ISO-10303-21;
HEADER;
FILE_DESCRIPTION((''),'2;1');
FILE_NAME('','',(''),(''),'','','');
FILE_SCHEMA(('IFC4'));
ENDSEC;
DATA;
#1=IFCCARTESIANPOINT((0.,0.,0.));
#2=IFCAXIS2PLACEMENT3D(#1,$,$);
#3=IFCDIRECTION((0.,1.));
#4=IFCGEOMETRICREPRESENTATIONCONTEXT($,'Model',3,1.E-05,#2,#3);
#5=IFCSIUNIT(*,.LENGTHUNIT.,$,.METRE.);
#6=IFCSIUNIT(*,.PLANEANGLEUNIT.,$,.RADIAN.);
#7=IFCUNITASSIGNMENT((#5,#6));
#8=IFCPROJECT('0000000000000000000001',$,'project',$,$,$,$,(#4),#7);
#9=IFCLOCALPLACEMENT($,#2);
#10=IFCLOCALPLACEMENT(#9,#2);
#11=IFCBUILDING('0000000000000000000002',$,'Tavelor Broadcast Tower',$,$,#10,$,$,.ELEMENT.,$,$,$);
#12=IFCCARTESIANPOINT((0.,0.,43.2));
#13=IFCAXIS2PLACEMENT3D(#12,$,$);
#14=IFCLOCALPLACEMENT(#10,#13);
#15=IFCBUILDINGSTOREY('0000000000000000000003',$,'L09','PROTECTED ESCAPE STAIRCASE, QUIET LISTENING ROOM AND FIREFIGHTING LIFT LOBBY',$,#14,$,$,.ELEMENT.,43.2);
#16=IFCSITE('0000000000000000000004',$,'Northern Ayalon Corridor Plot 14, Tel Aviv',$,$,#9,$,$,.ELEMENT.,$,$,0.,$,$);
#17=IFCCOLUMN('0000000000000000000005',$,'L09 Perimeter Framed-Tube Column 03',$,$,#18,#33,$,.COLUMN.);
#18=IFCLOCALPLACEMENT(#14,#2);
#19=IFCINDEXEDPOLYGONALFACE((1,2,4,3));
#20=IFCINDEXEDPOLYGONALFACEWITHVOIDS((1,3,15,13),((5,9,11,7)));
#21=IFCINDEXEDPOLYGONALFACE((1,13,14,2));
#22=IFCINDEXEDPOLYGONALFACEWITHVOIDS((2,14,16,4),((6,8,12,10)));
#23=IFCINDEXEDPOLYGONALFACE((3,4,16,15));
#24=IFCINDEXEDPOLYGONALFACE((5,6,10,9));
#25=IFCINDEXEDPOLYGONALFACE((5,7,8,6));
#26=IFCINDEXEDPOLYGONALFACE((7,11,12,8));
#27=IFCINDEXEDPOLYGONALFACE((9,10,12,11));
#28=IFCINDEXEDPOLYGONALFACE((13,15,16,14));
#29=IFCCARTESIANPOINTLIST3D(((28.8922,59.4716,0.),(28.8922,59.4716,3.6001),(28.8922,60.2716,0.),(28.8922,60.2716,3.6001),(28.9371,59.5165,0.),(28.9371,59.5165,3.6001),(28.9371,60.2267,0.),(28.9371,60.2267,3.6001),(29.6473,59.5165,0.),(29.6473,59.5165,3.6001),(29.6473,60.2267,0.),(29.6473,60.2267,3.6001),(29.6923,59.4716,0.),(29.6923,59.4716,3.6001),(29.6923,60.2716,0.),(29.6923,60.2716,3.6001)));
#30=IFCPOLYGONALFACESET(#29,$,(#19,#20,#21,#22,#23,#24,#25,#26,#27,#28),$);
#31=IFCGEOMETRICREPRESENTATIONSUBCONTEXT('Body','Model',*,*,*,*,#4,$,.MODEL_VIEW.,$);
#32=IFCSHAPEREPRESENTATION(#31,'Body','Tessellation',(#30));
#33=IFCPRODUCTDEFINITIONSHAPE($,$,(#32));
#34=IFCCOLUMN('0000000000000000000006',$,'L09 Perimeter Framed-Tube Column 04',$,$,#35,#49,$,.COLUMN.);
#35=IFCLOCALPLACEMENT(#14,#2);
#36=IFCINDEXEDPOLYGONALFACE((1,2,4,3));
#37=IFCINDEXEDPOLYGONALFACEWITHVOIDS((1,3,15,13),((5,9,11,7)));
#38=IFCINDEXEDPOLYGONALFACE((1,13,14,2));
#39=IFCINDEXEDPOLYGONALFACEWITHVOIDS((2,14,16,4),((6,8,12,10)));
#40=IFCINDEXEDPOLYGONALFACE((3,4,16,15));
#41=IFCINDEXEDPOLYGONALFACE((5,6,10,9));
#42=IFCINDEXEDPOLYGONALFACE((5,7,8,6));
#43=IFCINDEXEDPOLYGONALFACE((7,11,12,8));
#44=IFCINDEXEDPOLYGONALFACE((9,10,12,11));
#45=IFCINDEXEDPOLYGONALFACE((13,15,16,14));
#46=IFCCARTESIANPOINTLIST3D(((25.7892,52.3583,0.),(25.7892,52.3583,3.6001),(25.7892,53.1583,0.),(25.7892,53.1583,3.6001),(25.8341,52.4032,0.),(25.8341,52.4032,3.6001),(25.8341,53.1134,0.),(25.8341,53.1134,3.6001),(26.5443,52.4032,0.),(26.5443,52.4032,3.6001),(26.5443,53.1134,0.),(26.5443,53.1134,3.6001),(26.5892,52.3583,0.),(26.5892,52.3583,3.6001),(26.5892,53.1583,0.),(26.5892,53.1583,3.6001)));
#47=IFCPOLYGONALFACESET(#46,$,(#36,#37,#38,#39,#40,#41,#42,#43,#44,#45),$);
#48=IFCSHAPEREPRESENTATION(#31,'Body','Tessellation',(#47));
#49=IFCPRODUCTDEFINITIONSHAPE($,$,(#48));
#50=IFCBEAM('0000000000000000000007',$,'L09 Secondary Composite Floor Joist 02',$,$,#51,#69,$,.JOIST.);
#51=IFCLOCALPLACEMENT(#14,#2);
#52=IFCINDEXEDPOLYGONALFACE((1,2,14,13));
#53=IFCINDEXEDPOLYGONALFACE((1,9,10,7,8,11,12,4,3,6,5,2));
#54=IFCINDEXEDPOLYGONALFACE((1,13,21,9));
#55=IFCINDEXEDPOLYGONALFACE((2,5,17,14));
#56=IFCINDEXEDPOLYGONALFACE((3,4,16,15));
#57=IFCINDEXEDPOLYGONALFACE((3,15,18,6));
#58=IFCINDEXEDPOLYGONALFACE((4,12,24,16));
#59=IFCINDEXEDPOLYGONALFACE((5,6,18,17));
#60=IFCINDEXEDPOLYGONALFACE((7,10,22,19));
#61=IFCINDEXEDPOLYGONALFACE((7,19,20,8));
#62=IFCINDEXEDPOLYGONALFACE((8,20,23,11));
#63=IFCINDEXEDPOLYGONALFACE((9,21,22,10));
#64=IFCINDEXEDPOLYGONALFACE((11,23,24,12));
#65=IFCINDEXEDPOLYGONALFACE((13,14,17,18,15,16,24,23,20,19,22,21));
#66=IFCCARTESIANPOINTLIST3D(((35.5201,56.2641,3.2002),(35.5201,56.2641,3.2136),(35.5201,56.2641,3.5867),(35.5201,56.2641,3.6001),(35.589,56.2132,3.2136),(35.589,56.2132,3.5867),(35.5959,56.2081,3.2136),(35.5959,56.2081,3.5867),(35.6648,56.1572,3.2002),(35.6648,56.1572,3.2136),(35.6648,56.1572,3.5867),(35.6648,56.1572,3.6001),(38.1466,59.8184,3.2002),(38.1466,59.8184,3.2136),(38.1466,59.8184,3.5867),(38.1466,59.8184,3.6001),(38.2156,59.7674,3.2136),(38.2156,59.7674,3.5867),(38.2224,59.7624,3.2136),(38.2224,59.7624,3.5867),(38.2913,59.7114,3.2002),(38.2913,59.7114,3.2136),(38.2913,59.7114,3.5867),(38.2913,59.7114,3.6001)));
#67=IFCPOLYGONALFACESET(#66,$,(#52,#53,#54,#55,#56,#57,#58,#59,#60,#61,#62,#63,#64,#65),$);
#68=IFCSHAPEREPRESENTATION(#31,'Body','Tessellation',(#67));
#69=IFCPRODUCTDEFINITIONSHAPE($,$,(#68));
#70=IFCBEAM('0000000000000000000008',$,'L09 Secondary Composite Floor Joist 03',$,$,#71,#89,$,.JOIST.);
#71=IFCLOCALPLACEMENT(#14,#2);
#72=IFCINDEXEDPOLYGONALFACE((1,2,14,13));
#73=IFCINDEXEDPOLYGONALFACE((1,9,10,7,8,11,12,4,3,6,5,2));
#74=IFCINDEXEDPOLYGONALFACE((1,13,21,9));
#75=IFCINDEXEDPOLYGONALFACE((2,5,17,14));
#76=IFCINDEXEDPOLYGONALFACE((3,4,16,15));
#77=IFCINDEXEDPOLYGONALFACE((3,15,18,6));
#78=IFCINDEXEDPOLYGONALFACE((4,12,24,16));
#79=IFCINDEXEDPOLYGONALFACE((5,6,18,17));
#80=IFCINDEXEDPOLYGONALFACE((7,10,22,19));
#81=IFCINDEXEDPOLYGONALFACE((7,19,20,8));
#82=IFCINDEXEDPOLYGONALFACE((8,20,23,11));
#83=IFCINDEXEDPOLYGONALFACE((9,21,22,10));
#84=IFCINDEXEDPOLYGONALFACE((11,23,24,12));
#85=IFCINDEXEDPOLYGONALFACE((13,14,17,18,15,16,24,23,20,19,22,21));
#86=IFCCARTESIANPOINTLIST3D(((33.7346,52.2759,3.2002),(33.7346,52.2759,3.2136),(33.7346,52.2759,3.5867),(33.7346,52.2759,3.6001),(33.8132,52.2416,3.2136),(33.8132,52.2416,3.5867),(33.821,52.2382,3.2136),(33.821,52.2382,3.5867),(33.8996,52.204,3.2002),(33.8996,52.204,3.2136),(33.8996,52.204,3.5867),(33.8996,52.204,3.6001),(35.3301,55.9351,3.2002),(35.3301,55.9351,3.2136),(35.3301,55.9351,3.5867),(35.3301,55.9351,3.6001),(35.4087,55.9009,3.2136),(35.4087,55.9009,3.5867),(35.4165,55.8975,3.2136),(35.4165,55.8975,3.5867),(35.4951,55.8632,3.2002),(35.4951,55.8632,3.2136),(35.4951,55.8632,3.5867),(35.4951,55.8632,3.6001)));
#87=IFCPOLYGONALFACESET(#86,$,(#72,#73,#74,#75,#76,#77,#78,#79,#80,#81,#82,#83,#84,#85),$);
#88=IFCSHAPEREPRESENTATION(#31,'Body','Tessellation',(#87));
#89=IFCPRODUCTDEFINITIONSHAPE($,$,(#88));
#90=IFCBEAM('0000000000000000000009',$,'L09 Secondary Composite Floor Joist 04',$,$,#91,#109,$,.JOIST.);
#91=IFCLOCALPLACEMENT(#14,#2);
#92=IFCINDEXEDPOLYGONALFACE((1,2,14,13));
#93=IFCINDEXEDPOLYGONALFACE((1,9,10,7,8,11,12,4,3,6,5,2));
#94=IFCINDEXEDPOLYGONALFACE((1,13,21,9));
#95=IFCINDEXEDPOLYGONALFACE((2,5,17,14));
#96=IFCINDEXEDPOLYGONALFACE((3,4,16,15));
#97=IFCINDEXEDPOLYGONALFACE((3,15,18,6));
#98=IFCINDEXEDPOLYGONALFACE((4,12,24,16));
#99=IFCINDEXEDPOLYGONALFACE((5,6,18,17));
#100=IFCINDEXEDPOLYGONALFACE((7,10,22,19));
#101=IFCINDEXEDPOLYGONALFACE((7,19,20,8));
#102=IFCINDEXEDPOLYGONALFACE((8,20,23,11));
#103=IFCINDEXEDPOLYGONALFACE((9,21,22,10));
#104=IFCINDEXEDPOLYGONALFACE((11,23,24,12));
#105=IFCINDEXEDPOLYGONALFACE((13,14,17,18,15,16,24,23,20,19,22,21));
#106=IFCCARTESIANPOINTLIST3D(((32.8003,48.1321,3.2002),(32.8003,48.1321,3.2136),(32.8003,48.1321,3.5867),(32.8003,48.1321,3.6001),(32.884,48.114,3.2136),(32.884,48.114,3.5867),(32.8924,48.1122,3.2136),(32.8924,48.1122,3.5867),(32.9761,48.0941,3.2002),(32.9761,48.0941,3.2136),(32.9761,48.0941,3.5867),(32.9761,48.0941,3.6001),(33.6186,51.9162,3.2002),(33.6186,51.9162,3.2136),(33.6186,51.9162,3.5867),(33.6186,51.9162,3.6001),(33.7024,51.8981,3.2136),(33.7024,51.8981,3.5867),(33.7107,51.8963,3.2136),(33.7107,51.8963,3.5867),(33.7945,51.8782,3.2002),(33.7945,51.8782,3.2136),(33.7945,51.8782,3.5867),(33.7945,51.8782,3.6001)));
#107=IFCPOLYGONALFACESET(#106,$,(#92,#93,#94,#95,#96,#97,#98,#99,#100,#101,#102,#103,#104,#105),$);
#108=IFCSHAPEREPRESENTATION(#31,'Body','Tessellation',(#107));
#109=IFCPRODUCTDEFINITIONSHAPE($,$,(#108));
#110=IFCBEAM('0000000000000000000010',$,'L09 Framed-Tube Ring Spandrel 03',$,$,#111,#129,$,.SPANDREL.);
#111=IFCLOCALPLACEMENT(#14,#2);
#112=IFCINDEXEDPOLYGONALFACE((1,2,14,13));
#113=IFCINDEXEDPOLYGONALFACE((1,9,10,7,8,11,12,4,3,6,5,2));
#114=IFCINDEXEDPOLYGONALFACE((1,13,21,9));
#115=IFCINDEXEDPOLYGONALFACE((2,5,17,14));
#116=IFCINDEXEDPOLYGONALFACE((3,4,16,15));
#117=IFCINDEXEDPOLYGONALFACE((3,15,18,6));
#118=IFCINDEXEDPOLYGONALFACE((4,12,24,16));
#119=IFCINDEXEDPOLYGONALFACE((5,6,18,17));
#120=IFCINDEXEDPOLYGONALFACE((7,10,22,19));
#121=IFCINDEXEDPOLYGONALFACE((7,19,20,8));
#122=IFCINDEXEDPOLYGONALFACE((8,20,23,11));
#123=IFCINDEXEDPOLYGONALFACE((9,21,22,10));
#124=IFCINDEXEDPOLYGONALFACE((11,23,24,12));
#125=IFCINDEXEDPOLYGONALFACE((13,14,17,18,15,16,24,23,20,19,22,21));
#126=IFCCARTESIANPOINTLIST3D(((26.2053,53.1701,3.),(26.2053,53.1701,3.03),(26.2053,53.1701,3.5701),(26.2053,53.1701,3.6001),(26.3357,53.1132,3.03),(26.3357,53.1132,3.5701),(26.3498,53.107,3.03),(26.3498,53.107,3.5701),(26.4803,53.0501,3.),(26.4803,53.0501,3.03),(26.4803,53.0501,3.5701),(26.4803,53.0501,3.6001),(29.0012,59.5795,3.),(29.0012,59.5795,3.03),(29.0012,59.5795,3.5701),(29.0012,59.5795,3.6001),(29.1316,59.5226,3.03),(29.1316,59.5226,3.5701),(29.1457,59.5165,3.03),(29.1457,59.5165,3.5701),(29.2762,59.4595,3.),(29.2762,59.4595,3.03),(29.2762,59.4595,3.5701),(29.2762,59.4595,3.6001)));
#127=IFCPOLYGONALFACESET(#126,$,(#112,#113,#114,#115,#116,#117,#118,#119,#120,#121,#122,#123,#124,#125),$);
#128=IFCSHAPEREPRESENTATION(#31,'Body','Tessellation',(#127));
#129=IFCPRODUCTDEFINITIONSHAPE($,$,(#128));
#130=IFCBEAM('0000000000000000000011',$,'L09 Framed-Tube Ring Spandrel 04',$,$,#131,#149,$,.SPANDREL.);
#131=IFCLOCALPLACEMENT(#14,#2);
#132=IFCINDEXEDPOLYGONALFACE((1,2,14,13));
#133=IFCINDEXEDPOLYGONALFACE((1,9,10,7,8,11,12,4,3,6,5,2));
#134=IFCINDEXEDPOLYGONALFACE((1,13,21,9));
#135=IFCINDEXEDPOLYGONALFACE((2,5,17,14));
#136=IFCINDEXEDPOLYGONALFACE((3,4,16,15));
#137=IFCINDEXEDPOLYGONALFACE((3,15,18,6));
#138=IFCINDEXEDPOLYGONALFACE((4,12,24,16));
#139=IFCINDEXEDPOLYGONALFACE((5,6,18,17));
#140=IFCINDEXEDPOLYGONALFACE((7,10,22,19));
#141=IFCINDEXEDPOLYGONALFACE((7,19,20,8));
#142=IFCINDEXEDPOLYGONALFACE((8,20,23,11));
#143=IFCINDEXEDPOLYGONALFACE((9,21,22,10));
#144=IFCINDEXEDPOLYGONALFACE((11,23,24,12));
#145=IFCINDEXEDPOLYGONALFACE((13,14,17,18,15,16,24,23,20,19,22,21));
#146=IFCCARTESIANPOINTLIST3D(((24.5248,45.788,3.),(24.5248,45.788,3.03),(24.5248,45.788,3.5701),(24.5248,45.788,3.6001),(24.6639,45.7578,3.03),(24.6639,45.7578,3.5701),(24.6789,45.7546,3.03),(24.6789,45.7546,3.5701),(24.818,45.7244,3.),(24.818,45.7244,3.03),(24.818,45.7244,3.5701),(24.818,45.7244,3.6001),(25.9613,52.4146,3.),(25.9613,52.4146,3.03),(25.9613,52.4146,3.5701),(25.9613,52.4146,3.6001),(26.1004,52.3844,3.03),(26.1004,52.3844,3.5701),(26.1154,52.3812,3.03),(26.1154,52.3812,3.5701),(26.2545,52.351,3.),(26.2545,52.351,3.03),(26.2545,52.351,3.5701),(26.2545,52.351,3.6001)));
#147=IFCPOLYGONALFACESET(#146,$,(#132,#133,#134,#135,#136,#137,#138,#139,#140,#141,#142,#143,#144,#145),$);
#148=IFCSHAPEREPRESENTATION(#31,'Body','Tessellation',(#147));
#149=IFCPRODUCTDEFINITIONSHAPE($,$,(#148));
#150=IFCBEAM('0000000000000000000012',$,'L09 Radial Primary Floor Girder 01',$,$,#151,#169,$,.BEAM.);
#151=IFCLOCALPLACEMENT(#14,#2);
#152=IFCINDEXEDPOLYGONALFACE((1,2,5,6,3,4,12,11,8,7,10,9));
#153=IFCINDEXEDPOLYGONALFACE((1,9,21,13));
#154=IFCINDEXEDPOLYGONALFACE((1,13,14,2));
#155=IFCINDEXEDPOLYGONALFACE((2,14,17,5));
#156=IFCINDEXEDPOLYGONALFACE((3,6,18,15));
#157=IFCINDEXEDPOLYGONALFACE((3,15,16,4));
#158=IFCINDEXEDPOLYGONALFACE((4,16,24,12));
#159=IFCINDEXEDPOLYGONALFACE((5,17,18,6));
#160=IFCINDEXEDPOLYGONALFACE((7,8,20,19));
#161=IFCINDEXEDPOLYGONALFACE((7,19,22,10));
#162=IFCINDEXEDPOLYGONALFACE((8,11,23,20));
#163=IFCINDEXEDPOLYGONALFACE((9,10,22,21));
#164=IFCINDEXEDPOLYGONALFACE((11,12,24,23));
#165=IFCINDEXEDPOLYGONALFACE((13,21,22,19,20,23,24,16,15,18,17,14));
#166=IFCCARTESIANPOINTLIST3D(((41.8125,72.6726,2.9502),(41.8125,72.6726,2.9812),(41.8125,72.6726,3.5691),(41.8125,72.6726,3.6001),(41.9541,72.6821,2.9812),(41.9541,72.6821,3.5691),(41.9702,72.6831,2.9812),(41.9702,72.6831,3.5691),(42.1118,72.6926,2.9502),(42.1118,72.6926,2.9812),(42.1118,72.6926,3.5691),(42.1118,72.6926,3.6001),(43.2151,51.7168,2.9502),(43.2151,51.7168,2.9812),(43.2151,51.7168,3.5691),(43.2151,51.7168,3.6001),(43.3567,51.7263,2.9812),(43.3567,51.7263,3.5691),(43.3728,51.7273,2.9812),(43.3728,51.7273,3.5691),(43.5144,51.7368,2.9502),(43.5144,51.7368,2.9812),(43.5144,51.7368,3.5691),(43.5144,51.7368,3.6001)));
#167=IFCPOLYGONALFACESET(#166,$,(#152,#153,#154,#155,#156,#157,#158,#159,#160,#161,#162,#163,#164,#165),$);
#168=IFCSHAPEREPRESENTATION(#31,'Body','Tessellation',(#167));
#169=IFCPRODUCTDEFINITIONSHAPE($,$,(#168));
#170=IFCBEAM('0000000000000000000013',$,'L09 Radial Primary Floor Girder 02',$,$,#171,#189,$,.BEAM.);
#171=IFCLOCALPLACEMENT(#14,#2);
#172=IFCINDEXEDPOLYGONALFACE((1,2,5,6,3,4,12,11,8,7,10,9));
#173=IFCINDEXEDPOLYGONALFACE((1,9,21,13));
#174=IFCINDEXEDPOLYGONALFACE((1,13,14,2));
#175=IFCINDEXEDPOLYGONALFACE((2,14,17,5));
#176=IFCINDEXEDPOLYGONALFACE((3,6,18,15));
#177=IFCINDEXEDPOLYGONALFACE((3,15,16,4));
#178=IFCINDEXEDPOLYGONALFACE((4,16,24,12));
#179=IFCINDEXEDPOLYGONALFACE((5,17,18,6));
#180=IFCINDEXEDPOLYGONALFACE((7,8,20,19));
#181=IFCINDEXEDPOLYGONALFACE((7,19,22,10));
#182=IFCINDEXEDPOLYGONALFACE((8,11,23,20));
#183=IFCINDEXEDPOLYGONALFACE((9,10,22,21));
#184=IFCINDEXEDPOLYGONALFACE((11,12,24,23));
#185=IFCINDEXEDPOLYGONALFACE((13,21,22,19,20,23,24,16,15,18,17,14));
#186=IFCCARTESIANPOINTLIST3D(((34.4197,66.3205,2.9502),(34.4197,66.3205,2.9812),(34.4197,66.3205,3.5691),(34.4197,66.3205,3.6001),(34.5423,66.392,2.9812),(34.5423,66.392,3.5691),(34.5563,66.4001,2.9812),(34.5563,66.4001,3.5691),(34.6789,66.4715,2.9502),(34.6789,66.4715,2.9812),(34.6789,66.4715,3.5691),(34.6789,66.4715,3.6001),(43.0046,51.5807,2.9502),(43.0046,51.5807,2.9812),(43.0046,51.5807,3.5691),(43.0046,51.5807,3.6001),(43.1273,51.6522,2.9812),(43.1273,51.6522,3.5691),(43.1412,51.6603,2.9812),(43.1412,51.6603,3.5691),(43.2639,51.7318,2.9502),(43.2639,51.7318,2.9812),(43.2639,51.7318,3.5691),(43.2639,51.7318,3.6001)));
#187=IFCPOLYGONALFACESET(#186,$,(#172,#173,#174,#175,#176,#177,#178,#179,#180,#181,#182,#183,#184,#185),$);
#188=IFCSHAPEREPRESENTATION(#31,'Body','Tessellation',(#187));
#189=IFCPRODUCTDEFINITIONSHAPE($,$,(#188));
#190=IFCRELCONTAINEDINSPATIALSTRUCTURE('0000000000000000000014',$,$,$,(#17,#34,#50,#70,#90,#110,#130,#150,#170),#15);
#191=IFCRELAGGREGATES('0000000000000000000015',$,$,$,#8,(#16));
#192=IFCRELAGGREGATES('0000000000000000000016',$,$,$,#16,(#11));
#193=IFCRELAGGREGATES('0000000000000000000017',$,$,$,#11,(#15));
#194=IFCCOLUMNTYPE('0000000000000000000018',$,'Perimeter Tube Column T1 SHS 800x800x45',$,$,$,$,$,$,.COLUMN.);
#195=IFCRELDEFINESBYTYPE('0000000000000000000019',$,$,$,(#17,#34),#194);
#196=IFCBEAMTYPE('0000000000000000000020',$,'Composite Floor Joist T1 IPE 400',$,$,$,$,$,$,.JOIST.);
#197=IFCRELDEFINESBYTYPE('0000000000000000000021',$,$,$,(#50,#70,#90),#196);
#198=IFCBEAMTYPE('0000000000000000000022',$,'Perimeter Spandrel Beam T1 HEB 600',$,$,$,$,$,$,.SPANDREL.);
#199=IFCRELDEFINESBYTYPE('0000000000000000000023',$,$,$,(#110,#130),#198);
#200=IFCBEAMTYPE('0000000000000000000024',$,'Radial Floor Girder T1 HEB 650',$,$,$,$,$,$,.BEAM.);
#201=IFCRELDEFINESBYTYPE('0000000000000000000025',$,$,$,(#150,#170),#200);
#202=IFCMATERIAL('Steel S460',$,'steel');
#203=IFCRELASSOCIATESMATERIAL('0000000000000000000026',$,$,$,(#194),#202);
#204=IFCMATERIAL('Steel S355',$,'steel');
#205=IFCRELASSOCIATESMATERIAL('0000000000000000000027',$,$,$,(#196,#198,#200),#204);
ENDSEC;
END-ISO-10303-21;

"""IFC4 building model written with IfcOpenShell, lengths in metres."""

from ifc_helpers import new_model, si_unit, direction, frame, origin, origin_2d, place, context, subcontext, project, spatial, hollow_rectangle, i_section, extrude, material, material_profile, profile_set, type_object, element, save


model = new_model("IFC4")

# Units and contexts
model_context = context("Model", 3, precision=1e-05, world=origin(), true_north=direction((0.0, 1.0)))
body_context = subcontext(model_context, "Body", "Model", "MODEL_VIEW")
ifc_project = project(units=[si_unit("LENGTHUNIT", "METRE"), si_unit("PLANEANGLEUNIT", "RADIAN")], contexts=[model_context])

# Site, building, storey
site_placement = place(None, origin())
site = spatial("IfcSite", under=ifc_project, at=site_placement, Name="Northern Ayalon Corridor Plot 14, Tel Aviv", CompositionType="ELEMENT", RefElevation=0.0)
building_placement = place(site_placement, origin())
building = spatial("IfcBuilding", under=site, at=building_placement, Name="Tavelor Broadcast Tower", CompositionType="ELEMENT")
storey_placement = place(building_placement, frame((0.0, 0.0, 43.2)))
storey = spatial("IfcBuildingStorey", under=building, at=storey_placement, Name="L09", Description="PROTECTED ESCAPE STAIRCASE, QUIET LISTENING ROOM AND FIREFIGHTING LIFT LOBBY", CompositionType="ELEMENT", Elevation=43.2)

# Columns
ifc_material_1 = material(Name="Steel S460", Category="steel")
ifc_material_profile_1 = material_profile(ifc_material_1, hollow_rectangle(XDim=0.8, YDim=0.8, WallThickness=0.0449, at=origin_2d()), Name="SHS 800x800x45")
ifc_profile_set_1 = profile_set([ifc_material_profile_1], Name="Steel S460")
column_type = type_object("IfcColumnType", Name="Perimeter Tube Column T1 SHS 800x800x45", PredefinedType="COLUMN", material=ifc_profile_set_1)
for number, where, z_axis, x_axis, name in (
    (1, (29.2922, 59.8716, 0.0), (0.0, 0.0, 1.0), (1.0, 0.0, 0.0), "L09 Perimeter Framed-Tube Column 03"),
    (2, (26.1892, 52.7583, 0.0), (0.0, 0.0, 1.0), (1.0, 0.0, 0.0), "L09 Perimeter Framed-Tube Column 04"),
):
    element("IfcColumn", number, at=place(storey_placement, frame(where, z_axis=z_axis, x_axis=x_axis)), inside=storey, type_object=column_type, Name=name, PredefinedType="COLUMN", context=body_context, shape_type="SweptSolid", body=[
        extrude(hollow_rectangle(XDim=0.8, YDim=0.8, WallThickness=0.0449, at=origin_2d()), origin(), (0.0, 0.0, 1.0), 3.6001),
    ])

# Beams
ifc_material_2 = material(Name="Steel S355", Category="steel")
ifc_material_profile_2 = material_profile(ifc_material_2, i_section(OverallWidth=0.1799, OverallDepth=0.3999, WebThickness=0.0085, FlangeThickness=0.0134, at=origin_2d()), Name="IPE 400")
ifc_profile_set_2 = profile_set([ifc_material_profile_2], Name="Steel S355")
beam_type_1 = type_object("IfcBeamType", Name="Composite Floor Joist T1 IPE 400", PredefinedType="JOIST", material=ifc_profile_set_2)
beam_1_placement = place(storey_placement, frame((38.219, 59.7649, 3.4001), z_axis=(-0.59431, -0.804236, 0.0), x_axis=(0.804236, -0.59431, 0.0)))
element("IfcBeam", 3, at=beam_1_placement, inside=storey, type_object=beam_type_1, Name="L09 Secondary Composite Floor Joist 02", PredefinedType="JOIST", context=body_context, shape_type="SweptSolid", body=[
    extrude(i_section(OverallWidth=0.1799, OverallDepth=0.3999, WebThickness=0.0085, FlangeThickness=0.0134, at=origin_2d()), origin(), (0.0, 0.0, 1.0), 4.4194),
])
beam_2_placement = place(storey_placement, frame((35.4126, 55.8992, 3.4001), z_axis=(-0.399676, -0.916656, 0.0), x_axis=(0.916656, -0.399676, 0.0)))
element("IfcBeam", 4, at=beam_2_placement, inside=storey, type_object=beam_type_1, Name="L09 Secondary Composite Floor Joist 03", PredefinedType="JOIST", context=body_context, shape_type="SweptSolid", body=[
    extrude(i_section(OverallWidth=0.1799, OverallDepth=0.3999, WebThickness=0.0085, FlangeThickness=0.0134, at=origin_2d()), origin(), (0.0, 0.0, 1.0), 3.9919),
])
beam_3_placement = place(storey_placement, frame((33.7065, 51.8972, 3.4001), z_axis=(-0.211372, -0.977406, 0.0), x_axis=(0.977406, -0.211372, 0.0)))
element("IfcBeam", 5, at=beam_3_placement, inside=storey, type_object=beam_type_1, Name="L09 Secondary Composite Floor Joist 04", PredefinedType="JOIST", context=body_context, shape_type="SweptSolid", body=[
    extrude(i_section(OverallWidth=0.1799, OverallDepth=0.3999, WebThickness=0.0085, FlangeThickness=0.0134, at=origin_2d()), origin(), (0.0, 0.0, 1.0), 3.8716),
])
ifc_material_profile_3 = material_profile(ifc_material_2, i_section(OverallWidth=0.3, OverallDepth=0.6001, WebThickness=0.0154, FlangeThickness=0.03, at=origin_2d()), Name="HEB 600")
ifc_profile_set_3 = profile_set([ifc_material_profile_3], Name="Steel S355")
beam_type_2 = type_object("IfcBeamType", Name="Perimeter Spandrel Beam T1 HEB 600", PredefinedType="SPANDREL", material=ifc_profile_set_3)
beam_4_placement = place(storey_placement, frame((29.1387, 59.5195, 3.3), z_axis=(-0.399831, -0.916589, 0.0), x_axis=(0.916589, -0.399831, 0.0)))
element("IfcBeam", 6, at=beam_4_placement, inside=storey, type_object=beam_type_2, Name="L09 Framed-Tube Ring Spandrel 03", PredefinedType="SPANDREL", context=body_context, shape_type="SweptSolid", body=[
    extrude(i_section(OverallWidth=0.3, OverallDepth=0.6001, WebThickness=0.0154, FlangeThickness=0.03, at=origin_2d()), origin(), (0.0, 0.0, 1.0), 6.9927),
])
beam_5_placement = place(storey_placement, frame((26.1079, 52.3828, 3.3), z_axis=(-0.211857, -0.977301, 0.0), x_axis=(0.977301, -0.211857, 0.0)))
element("IfcBeam", 7, at=beam_5_placement, inside=storey, type_object=beam_type_2, Name="L09 Framed-Tube Ring Spandrel 04", PredefinedType="SPANDREL", context=body_context, shape_type="SweptSolid", body=[
    extrude(i_section(OverallWidth=0.3, OverallDepth=0.6001, WebThickness=0.0154, FlangeThickness=0.03, at=origin_2d()), origin(), (0.0, 0.0, 1.0), 6.7805),
])
ifc_material_profile_4 = material_profile(ifc_material_2, i_section(OverallWidth=0.3, OverallDepth=0.6499, WebThickness=0.0161, FlangeThickness=0.031, at=origin_2d()), Name="HEB 650")
ifc_profile_set_4 = profile_set([ifc_material_profile_4], Name="Steel S355")
beam_type_3 = type_object("IfcBeamType", Name="Radial Floor Girder T1 HEB 650", PredefinedType="BEAM", material=ifc_profile_set_4)
beam_6_placement = place(storey_placement, frame((43.3647, 51.7268, 3.2751), z_axis=(-0.066781, 0.997768, 0.0), x_axis=(-0.997768, -0.066781, 0.0)))
element("IfcBeam", 8, at=beam_6_placement, inside=storey, type_object=beam_type_3, Name="L09 Radial Primary Floor Girder 01", PredefinedType="BEAM", context=body_context, shape_type="SweptSolid", body=[
    extrude(i_section(OverallWidth=0.3, OverallDepth=0.6499, WebThickness=0.0161, FlangeThickness=0.031, at=origin_2d()), origin(), (0.0, 0.0, 1.0), 21.0027),
])
beam_7_placement = place(storey_placement, frame((43.1343, 51.6562, 3.2751), z_axis=(-0.503292, 0.864116, 0.0), x_axis=(-0.864116, -0.503292, 0.0)))
element("IfcBeam", 9, at=beam_7_placement, inside=storey, type_object=beam_type_3, Name="L09 Radial Primary Floor Girder 02", PredefinedType="BEAM", context=body_context, shape_type="SweptSolid", body=[
    extrude(i_section(OverallWidth=0.3, OverallDepth=0.6499, WebThickness=0.0161, FlangeThickness=0.031, at=origin_2d()), origin(), (0.0, 0.0, 1.0), 17.0576),
])

save(model, "model.ifc")
